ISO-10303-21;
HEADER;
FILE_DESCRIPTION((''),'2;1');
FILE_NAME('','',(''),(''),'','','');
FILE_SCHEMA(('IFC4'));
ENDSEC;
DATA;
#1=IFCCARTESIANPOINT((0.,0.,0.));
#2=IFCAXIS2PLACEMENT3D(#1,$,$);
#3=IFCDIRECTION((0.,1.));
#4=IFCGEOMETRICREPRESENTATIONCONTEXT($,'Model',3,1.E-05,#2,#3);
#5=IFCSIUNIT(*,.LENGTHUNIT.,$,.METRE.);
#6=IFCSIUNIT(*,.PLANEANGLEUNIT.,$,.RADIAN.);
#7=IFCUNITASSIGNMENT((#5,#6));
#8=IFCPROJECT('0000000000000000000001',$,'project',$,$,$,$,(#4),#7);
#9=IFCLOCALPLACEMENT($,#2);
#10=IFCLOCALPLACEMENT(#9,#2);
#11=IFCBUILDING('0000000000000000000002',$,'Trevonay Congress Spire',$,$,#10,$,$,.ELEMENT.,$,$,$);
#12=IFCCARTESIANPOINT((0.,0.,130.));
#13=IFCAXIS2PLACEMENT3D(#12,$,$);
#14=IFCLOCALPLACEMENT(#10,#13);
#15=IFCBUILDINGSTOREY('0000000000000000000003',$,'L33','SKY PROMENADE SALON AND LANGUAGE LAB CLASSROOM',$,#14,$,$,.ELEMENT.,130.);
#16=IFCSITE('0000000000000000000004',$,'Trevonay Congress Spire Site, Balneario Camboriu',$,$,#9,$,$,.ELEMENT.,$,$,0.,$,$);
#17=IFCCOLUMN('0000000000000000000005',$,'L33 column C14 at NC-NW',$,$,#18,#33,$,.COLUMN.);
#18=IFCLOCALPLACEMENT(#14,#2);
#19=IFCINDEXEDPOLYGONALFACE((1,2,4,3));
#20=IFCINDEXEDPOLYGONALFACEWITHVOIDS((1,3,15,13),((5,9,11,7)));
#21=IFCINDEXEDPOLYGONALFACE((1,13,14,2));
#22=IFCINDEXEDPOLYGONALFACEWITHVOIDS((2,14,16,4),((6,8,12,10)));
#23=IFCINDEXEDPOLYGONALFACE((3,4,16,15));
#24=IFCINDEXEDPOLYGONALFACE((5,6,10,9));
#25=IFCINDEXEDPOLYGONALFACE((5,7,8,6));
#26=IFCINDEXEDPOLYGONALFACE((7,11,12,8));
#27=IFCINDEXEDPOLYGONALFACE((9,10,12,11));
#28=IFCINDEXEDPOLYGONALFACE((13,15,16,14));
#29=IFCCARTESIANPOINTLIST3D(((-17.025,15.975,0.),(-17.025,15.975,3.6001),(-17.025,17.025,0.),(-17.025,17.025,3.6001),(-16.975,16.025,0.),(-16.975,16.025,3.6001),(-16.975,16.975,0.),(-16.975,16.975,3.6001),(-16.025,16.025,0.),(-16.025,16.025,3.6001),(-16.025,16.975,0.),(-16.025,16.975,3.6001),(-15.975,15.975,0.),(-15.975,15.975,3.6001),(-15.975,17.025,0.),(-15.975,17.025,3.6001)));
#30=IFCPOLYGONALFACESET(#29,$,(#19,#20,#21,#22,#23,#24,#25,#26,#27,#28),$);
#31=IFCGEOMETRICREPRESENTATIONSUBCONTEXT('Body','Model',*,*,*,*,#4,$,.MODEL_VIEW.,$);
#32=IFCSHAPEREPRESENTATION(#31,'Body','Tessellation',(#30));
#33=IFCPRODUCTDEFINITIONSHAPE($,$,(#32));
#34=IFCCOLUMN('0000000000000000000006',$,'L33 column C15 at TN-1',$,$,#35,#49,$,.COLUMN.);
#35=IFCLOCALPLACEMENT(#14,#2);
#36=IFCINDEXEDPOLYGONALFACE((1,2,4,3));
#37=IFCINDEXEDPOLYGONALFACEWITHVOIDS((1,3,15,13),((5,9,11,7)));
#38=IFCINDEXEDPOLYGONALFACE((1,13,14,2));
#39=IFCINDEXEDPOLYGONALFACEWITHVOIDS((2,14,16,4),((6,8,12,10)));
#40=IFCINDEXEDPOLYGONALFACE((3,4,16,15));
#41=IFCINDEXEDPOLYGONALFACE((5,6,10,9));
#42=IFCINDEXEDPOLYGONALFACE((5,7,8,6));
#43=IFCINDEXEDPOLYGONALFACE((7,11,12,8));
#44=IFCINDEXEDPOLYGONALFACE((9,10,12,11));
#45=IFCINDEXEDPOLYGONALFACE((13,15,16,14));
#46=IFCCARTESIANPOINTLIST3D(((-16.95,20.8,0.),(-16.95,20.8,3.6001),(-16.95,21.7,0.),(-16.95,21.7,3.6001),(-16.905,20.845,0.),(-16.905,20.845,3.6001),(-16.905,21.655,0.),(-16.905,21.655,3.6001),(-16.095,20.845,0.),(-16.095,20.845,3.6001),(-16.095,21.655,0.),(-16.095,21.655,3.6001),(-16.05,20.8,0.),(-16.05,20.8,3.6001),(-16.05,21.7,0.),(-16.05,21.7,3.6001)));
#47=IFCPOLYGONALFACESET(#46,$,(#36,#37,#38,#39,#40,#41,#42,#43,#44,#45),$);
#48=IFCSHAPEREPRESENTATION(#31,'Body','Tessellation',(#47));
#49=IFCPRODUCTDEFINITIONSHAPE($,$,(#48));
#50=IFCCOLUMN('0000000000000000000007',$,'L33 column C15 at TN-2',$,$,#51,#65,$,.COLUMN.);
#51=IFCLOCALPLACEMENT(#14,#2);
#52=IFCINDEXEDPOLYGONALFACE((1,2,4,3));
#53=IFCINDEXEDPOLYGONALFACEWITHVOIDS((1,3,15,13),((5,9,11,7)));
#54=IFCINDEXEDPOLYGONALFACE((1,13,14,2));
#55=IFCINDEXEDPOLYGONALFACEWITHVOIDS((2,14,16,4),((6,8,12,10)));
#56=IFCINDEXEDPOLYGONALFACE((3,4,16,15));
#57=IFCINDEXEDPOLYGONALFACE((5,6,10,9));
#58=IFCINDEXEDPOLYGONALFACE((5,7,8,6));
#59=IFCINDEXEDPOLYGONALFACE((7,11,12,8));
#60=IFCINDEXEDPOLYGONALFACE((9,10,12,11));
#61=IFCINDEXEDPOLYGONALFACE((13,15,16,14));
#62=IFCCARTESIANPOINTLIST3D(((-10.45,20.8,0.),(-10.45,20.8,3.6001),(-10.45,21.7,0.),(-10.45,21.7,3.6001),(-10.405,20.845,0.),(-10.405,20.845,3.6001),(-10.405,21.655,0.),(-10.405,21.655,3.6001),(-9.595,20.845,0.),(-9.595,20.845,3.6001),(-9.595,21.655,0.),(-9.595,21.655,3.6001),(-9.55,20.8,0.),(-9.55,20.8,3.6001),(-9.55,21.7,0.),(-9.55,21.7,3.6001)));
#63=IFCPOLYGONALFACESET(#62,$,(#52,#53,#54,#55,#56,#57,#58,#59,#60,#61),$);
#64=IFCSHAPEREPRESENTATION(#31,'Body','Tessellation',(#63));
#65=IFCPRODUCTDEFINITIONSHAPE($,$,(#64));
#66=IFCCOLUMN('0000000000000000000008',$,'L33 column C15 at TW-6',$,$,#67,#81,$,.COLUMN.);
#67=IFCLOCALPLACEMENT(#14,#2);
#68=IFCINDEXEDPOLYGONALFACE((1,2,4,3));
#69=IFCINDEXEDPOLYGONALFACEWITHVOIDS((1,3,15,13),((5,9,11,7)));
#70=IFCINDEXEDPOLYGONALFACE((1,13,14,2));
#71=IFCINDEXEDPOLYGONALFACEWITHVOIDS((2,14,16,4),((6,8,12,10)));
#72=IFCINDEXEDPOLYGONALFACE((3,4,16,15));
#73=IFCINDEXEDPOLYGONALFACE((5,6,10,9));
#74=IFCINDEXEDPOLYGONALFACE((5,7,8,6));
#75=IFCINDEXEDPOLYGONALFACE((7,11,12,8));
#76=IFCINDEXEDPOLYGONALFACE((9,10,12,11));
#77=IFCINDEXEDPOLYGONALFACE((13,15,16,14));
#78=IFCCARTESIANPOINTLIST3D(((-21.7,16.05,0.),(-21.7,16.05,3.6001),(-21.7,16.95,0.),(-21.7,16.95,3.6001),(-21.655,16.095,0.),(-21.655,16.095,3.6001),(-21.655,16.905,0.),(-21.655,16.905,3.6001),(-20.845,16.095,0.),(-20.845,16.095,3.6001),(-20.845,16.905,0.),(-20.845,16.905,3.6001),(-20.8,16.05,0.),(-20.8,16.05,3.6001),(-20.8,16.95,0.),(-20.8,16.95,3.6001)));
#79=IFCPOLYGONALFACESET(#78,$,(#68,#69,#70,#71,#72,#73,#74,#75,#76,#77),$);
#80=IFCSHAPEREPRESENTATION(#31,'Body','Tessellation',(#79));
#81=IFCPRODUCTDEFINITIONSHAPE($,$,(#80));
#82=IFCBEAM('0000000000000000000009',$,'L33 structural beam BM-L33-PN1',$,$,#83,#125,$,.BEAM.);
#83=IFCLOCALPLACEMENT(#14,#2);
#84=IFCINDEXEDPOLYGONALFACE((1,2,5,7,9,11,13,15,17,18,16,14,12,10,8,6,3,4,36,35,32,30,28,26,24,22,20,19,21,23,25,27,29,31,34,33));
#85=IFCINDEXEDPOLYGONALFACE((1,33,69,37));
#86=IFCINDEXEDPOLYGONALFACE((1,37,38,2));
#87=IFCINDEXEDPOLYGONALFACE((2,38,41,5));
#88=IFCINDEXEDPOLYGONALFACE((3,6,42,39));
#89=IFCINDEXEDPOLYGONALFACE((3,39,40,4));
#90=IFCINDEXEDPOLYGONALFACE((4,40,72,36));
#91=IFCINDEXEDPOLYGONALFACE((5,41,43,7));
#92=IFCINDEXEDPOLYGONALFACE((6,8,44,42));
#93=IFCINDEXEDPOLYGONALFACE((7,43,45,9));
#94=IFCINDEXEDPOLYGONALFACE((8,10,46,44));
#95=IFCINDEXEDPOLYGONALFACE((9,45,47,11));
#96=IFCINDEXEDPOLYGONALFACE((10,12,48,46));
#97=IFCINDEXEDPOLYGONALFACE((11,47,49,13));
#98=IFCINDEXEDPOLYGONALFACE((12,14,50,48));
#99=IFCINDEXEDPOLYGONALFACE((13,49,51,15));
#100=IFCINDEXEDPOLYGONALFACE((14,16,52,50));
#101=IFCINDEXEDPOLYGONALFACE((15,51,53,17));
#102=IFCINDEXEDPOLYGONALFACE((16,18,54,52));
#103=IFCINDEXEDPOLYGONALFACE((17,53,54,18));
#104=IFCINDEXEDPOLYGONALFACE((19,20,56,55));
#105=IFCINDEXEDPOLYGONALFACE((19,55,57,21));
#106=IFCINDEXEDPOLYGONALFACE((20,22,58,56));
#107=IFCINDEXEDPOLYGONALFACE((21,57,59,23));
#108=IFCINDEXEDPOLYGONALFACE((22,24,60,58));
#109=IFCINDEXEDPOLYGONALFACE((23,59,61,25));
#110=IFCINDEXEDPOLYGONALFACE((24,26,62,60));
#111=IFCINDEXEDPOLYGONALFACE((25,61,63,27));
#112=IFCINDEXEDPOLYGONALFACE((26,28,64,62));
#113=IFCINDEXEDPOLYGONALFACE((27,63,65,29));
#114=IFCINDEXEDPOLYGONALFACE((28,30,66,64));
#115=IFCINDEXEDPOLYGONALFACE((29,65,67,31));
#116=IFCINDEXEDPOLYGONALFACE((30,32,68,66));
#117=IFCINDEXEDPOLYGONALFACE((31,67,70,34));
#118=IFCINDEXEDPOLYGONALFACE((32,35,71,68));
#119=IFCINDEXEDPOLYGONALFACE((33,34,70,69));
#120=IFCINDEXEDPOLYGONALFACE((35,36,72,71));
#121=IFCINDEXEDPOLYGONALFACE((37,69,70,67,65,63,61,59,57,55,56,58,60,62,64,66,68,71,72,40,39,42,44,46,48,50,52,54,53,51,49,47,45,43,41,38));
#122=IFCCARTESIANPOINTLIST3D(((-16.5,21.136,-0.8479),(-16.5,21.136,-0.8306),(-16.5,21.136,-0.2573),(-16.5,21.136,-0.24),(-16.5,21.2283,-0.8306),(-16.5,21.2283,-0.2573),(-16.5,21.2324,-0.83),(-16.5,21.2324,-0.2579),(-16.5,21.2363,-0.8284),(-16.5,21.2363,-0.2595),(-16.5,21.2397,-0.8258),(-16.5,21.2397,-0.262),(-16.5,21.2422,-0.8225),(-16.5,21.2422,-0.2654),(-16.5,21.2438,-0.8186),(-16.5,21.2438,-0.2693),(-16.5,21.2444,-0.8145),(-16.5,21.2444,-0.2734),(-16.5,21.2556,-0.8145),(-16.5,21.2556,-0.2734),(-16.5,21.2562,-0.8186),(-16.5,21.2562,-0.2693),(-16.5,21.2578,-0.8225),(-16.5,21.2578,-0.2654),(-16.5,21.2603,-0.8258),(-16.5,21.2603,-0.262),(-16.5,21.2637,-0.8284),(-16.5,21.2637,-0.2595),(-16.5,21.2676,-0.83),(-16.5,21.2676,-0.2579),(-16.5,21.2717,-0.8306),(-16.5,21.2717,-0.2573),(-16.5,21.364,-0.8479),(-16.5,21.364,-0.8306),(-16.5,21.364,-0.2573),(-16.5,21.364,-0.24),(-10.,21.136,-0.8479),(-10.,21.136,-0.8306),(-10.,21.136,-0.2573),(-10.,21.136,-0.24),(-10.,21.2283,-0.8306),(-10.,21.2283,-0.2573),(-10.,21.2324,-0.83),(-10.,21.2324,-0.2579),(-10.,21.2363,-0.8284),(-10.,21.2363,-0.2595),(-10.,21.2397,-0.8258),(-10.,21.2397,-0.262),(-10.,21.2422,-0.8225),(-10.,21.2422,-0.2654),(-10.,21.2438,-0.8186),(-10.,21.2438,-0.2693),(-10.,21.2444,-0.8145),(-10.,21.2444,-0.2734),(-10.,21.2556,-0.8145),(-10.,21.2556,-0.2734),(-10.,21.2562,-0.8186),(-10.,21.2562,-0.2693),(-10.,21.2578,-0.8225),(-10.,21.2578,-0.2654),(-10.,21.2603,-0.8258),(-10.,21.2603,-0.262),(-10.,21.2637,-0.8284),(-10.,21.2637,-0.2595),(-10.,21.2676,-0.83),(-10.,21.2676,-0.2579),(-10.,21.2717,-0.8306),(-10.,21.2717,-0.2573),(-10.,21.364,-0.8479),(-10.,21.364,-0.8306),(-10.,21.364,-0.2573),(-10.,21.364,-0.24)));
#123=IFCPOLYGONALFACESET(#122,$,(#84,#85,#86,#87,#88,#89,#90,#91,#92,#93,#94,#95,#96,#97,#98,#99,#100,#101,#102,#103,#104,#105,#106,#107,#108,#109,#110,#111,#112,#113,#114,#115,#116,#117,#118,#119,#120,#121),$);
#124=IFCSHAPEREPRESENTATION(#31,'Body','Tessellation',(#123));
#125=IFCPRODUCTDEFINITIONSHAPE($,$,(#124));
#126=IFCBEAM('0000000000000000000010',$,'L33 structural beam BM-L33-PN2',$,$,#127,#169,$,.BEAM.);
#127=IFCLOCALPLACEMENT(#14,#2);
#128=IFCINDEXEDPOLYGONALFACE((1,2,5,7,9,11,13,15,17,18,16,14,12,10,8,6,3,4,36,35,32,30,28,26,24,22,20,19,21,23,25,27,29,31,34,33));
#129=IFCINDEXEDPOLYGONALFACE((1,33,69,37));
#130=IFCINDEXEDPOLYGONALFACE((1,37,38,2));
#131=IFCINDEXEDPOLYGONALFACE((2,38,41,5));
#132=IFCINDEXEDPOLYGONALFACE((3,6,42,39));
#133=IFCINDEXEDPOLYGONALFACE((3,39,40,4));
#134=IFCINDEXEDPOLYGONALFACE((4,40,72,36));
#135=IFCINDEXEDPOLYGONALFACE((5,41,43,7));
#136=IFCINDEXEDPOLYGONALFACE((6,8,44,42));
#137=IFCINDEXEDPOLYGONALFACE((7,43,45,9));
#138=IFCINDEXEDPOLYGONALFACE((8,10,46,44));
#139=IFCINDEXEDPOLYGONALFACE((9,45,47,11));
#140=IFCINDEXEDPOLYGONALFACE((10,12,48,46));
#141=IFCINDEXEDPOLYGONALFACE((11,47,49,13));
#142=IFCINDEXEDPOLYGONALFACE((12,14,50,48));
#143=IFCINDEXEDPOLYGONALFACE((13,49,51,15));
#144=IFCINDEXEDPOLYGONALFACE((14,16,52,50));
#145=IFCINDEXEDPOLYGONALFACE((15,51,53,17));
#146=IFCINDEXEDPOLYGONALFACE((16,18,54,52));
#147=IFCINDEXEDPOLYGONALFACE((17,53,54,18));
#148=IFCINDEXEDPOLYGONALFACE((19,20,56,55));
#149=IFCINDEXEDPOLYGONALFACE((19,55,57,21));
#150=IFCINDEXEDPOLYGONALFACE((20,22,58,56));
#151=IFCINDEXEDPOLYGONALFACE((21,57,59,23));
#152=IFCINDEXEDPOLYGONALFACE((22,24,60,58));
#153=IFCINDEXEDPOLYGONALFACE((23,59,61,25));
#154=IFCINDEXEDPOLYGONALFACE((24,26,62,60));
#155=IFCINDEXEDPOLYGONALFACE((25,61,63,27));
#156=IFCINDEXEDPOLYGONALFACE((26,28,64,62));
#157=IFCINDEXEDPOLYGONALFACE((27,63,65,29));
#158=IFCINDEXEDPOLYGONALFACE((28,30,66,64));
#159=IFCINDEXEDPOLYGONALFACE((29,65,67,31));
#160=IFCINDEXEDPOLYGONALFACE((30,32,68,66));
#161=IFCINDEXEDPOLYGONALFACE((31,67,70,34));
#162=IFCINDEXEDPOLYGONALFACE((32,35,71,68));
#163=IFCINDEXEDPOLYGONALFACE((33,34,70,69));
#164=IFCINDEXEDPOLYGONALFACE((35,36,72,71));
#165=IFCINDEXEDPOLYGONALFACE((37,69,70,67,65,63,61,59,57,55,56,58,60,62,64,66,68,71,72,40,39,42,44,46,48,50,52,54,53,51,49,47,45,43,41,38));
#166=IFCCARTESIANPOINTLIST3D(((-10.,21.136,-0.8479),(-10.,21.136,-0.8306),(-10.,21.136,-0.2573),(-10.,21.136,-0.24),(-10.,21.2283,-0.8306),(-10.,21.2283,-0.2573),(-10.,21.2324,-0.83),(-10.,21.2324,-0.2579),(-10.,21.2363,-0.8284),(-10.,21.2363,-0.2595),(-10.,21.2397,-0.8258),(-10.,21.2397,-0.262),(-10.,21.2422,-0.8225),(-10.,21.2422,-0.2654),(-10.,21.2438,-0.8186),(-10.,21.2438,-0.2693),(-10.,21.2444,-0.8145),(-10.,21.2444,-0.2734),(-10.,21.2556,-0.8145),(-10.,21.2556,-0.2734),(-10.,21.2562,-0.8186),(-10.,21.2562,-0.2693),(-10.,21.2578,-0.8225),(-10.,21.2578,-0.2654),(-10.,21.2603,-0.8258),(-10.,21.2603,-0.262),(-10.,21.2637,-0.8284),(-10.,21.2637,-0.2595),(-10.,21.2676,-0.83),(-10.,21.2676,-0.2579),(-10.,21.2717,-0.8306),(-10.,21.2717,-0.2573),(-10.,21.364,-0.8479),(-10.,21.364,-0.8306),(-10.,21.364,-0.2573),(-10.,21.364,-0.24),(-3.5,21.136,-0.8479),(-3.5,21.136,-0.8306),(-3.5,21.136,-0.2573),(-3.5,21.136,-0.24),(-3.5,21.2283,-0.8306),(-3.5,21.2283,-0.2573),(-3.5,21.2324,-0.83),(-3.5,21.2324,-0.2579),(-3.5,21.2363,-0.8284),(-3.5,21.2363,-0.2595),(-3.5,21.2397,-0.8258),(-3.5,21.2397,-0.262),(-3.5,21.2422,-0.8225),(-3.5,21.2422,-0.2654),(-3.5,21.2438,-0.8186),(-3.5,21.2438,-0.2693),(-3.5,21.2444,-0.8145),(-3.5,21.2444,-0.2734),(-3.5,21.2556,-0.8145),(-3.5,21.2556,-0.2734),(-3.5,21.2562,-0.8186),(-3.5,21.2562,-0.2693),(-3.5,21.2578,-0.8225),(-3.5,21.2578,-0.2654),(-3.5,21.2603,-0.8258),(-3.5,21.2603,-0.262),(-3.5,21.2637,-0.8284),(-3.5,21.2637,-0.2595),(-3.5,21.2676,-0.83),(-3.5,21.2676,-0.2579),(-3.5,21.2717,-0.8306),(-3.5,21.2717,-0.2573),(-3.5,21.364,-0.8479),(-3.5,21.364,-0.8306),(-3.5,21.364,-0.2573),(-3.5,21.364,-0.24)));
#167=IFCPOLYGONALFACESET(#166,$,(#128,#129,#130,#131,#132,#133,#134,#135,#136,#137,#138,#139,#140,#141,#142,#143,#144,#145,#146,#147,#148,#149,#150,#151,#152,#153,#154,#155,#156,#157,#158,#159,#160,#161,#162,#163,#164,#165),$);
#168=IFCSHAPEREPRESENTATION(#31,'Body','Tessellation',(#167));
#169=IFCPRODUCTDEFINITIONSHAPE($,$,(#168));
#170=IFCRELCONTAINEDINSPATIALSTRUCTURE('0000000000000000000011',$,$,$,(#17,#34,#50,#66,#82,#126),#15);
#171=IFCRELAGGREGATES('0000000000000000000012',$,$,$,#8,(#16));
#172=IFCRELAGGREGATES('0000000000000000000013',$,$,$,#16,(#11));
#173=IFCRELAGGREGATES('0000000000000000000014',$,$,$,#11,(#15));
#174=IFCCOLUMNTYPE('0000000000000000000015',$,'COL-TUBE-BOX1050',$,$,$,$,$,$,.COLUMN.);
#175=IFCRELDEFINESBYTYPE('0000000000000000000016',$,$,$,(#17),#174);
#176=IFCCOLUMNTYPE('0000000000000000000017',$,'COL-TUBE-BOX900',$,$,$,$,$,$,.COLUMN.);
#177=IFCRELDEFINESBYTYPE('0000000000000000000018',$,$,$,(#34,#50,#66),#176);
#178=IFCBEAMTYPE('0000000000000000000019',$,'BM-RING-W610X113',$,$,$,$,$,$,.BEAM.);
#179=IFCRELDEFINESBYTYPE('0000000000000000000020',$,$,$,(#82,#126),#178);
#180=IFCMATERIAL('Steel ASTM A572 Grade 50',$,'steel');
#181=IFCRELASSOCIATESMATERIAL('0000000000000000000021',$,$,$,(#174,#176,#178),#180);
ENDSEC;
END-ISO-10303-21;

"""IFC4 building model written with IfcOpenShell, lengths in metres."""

from ifc_helpers import new_model, si_unit, direction, frame, origin, origin_2d, place, context, subcontext, project, spatial, hollow_rectangle, i_section, extrude, material, material_profile, profile_set, type_object, element, save


model = new_model("IFC4")

# Units and contexts
model_context = context("Model", 3, precision=1e-05, world=origin(), true_north=direction((0.0, 1.0)))
body_context = subcontext(model_context, "Body", "Model", "MODEL_VIEW")
ifc_project = project(units=[si_unit("LENGTHUNIT", "METRE"), si_unit("PLANEANGLEUNIT", "RADIAN")], contexts=[model_context])

# Site, building, storey
site_placement = place(None, origin())
site = spatial("IfcSite", under=ifc_project, at=site_placement, Name="Trevonay Congress Spire Site, Balneario Camboriu", CompositionType="ELEMENT", RefElevation=0.0)
building_placement = place(site_placement, origin())
building = spatial("IfcBuilding", under=site, at=building_placement, Name="Trevonay Congress Spire", CompositionType="ELEMENT")
storey_placement = place(building_placement, frame((0.0, 0.0, 130.0)))
storey = spatial("IfcBuildingStorey", under=building, at=storey_placement, Name="L33", Description="SKY PROMENADE SALON AND LANGUAGE LAB CLASSROOM", CompositionType="ELEMENT", Elevation=130.0)

# Columns
ifc_material_1 = material(Name="Steel ASTM A572 Grade 50", Category="steel")
ifc_material_profile_1 = material_profile(ifc_material_1, hollow_rectangle(XDim=1.05, YDim=1.05, WallThickness=0.05, at=origin_2d()), Name="BOX 1050x1050x50")
ifc_profile_set_1 = profile_set([ifc_material_profile_1], Name="Steel ASTM A572 Grade 50")
column_type_1 = type_object("IfcColumnType", Name="COL-TUBE-BOX1050", PredefinedType="COLUMN", material=ifc_profile_set_1)
column_placement = place(storey_placement, frame((-16.5, 16.5, 0.0), z_axis=(0.0, 0.0, 1.0), x_axis=(1.0, 0.0, 0.0)))
element("IfcColumn", 1, at=column_placement, inside=storey, type_object=column_type_1, Name="L33 column C14 at NC-NW", PredefinedType="COLUMN", context=body_context, shape_type="SweptSolid", body=[
    extrude(hollow_rectangle(XDim=1.05, YDim=1.05, WallThickness=0.05, at=origin_2d()), origin(), (0.0, 0.0, 1.0), 3.6001),
])
ifc_material_profile_2 = material_profile(ifc_material_1, hollow_rectangle(XDim=0.8999, YDim=0.8999, WallThickness=0.0449, at=origin_2d()), Name="BOX 900x900x45")
ifc_profile_set_2 = profile_set([ifc_material_profile_2], Name="Steel ASTM A572 Grade 50")
column_type_2 = type_object("IfcColumnType", Name="COL-TUBE-BOX900", PredefinedType="COLUMN", material=ifc_profile_set_2)
for number, where, z_axis, x_axis, name in (
    (2, (-16.5, 21.25, 0.0), (0.0, 0.0, 1.0), (1.0, 0.0, 0.0), "L33 column C15 at TN-1"),
    (3, (-10.0, 21.25, 0.0), (0.0, 0.0, 1.0), (1.0, 0.0, 0.0), "L33 column C15 at TN-2"),
    (4, (-21.25, 16.5, 0.0), (0.0, 0.0, 1.0), (1.0, 0.0, 0.0), "L33 column C15 at TW-6"),
):
    element("IfcColumn", number, at=place(storey_placement, frame(where, z_axis=z_axis, x_axis=x_axis)), inside=storey, type_object=column_type_2, Name=name, PredefinedType="COLUMN", context=body_context, shape_type="SweptSolid", body=[
        extrude(hollow_rectangle(XDim=0.8999, YDim=0.8999, WallThickness=0.0449, at=origin_2d()), origin(), (0.0, 0.0, 1.0), 3.6001),
    ])

# Beams
ifc_material_profile_3 = material_profile(ifc_material_1, i_section(OverallWidth=0.228, OverallDepth=0.6079, WebThickness=0.0112, FlangeThickness=0.0173, FilletRadius=0.0161, at=origin_2d()), Name="W610x113")
ifc_profile_set_3 = profile_set([ifc_material_profile_3], Name="Steel ASTM A572 Grade 50")
beam_type_1 = type_object("IfcBeamType", Name="BM-RING-W610X113", PredefinedType="BEAM", material=ifc_profile_set_3)
for number, where, z_axis, x_axis, name in (
    (5, (-16.5, 21.25, -0.5439), (1.0, 0.0, 0.0), (0.0, 1.0, 0.0), "L33 structural beam BM-L33-PN1"),
    (6, (-10.0, 21.25, -0.5439), (1.0, 0.0, 0.0), (0.0, 1.0, 0.0), "L33 structural beam BM-L33-PN2"),
):
    element("IfcBeam", number, at=place(storey_placement, frame(where, z_axis=z_axis, x_axis=x_axis)), inside=storey, type_object=beam_type_1, Name=name, PredefinedType="BEAM", context=body_context, shape_type="SweptSolid", body=[
        extrude(i_section(OverallWidth=0.228, OverallDepth=0.6079, WebThickness=0.0112, FlangeThickness=0.0173, FilletRadius=0.0161, at=origin_2d()), origin(), (0.0, 0.0, 1.0), 6.5),
    ])

save(model, "model.ifc")
